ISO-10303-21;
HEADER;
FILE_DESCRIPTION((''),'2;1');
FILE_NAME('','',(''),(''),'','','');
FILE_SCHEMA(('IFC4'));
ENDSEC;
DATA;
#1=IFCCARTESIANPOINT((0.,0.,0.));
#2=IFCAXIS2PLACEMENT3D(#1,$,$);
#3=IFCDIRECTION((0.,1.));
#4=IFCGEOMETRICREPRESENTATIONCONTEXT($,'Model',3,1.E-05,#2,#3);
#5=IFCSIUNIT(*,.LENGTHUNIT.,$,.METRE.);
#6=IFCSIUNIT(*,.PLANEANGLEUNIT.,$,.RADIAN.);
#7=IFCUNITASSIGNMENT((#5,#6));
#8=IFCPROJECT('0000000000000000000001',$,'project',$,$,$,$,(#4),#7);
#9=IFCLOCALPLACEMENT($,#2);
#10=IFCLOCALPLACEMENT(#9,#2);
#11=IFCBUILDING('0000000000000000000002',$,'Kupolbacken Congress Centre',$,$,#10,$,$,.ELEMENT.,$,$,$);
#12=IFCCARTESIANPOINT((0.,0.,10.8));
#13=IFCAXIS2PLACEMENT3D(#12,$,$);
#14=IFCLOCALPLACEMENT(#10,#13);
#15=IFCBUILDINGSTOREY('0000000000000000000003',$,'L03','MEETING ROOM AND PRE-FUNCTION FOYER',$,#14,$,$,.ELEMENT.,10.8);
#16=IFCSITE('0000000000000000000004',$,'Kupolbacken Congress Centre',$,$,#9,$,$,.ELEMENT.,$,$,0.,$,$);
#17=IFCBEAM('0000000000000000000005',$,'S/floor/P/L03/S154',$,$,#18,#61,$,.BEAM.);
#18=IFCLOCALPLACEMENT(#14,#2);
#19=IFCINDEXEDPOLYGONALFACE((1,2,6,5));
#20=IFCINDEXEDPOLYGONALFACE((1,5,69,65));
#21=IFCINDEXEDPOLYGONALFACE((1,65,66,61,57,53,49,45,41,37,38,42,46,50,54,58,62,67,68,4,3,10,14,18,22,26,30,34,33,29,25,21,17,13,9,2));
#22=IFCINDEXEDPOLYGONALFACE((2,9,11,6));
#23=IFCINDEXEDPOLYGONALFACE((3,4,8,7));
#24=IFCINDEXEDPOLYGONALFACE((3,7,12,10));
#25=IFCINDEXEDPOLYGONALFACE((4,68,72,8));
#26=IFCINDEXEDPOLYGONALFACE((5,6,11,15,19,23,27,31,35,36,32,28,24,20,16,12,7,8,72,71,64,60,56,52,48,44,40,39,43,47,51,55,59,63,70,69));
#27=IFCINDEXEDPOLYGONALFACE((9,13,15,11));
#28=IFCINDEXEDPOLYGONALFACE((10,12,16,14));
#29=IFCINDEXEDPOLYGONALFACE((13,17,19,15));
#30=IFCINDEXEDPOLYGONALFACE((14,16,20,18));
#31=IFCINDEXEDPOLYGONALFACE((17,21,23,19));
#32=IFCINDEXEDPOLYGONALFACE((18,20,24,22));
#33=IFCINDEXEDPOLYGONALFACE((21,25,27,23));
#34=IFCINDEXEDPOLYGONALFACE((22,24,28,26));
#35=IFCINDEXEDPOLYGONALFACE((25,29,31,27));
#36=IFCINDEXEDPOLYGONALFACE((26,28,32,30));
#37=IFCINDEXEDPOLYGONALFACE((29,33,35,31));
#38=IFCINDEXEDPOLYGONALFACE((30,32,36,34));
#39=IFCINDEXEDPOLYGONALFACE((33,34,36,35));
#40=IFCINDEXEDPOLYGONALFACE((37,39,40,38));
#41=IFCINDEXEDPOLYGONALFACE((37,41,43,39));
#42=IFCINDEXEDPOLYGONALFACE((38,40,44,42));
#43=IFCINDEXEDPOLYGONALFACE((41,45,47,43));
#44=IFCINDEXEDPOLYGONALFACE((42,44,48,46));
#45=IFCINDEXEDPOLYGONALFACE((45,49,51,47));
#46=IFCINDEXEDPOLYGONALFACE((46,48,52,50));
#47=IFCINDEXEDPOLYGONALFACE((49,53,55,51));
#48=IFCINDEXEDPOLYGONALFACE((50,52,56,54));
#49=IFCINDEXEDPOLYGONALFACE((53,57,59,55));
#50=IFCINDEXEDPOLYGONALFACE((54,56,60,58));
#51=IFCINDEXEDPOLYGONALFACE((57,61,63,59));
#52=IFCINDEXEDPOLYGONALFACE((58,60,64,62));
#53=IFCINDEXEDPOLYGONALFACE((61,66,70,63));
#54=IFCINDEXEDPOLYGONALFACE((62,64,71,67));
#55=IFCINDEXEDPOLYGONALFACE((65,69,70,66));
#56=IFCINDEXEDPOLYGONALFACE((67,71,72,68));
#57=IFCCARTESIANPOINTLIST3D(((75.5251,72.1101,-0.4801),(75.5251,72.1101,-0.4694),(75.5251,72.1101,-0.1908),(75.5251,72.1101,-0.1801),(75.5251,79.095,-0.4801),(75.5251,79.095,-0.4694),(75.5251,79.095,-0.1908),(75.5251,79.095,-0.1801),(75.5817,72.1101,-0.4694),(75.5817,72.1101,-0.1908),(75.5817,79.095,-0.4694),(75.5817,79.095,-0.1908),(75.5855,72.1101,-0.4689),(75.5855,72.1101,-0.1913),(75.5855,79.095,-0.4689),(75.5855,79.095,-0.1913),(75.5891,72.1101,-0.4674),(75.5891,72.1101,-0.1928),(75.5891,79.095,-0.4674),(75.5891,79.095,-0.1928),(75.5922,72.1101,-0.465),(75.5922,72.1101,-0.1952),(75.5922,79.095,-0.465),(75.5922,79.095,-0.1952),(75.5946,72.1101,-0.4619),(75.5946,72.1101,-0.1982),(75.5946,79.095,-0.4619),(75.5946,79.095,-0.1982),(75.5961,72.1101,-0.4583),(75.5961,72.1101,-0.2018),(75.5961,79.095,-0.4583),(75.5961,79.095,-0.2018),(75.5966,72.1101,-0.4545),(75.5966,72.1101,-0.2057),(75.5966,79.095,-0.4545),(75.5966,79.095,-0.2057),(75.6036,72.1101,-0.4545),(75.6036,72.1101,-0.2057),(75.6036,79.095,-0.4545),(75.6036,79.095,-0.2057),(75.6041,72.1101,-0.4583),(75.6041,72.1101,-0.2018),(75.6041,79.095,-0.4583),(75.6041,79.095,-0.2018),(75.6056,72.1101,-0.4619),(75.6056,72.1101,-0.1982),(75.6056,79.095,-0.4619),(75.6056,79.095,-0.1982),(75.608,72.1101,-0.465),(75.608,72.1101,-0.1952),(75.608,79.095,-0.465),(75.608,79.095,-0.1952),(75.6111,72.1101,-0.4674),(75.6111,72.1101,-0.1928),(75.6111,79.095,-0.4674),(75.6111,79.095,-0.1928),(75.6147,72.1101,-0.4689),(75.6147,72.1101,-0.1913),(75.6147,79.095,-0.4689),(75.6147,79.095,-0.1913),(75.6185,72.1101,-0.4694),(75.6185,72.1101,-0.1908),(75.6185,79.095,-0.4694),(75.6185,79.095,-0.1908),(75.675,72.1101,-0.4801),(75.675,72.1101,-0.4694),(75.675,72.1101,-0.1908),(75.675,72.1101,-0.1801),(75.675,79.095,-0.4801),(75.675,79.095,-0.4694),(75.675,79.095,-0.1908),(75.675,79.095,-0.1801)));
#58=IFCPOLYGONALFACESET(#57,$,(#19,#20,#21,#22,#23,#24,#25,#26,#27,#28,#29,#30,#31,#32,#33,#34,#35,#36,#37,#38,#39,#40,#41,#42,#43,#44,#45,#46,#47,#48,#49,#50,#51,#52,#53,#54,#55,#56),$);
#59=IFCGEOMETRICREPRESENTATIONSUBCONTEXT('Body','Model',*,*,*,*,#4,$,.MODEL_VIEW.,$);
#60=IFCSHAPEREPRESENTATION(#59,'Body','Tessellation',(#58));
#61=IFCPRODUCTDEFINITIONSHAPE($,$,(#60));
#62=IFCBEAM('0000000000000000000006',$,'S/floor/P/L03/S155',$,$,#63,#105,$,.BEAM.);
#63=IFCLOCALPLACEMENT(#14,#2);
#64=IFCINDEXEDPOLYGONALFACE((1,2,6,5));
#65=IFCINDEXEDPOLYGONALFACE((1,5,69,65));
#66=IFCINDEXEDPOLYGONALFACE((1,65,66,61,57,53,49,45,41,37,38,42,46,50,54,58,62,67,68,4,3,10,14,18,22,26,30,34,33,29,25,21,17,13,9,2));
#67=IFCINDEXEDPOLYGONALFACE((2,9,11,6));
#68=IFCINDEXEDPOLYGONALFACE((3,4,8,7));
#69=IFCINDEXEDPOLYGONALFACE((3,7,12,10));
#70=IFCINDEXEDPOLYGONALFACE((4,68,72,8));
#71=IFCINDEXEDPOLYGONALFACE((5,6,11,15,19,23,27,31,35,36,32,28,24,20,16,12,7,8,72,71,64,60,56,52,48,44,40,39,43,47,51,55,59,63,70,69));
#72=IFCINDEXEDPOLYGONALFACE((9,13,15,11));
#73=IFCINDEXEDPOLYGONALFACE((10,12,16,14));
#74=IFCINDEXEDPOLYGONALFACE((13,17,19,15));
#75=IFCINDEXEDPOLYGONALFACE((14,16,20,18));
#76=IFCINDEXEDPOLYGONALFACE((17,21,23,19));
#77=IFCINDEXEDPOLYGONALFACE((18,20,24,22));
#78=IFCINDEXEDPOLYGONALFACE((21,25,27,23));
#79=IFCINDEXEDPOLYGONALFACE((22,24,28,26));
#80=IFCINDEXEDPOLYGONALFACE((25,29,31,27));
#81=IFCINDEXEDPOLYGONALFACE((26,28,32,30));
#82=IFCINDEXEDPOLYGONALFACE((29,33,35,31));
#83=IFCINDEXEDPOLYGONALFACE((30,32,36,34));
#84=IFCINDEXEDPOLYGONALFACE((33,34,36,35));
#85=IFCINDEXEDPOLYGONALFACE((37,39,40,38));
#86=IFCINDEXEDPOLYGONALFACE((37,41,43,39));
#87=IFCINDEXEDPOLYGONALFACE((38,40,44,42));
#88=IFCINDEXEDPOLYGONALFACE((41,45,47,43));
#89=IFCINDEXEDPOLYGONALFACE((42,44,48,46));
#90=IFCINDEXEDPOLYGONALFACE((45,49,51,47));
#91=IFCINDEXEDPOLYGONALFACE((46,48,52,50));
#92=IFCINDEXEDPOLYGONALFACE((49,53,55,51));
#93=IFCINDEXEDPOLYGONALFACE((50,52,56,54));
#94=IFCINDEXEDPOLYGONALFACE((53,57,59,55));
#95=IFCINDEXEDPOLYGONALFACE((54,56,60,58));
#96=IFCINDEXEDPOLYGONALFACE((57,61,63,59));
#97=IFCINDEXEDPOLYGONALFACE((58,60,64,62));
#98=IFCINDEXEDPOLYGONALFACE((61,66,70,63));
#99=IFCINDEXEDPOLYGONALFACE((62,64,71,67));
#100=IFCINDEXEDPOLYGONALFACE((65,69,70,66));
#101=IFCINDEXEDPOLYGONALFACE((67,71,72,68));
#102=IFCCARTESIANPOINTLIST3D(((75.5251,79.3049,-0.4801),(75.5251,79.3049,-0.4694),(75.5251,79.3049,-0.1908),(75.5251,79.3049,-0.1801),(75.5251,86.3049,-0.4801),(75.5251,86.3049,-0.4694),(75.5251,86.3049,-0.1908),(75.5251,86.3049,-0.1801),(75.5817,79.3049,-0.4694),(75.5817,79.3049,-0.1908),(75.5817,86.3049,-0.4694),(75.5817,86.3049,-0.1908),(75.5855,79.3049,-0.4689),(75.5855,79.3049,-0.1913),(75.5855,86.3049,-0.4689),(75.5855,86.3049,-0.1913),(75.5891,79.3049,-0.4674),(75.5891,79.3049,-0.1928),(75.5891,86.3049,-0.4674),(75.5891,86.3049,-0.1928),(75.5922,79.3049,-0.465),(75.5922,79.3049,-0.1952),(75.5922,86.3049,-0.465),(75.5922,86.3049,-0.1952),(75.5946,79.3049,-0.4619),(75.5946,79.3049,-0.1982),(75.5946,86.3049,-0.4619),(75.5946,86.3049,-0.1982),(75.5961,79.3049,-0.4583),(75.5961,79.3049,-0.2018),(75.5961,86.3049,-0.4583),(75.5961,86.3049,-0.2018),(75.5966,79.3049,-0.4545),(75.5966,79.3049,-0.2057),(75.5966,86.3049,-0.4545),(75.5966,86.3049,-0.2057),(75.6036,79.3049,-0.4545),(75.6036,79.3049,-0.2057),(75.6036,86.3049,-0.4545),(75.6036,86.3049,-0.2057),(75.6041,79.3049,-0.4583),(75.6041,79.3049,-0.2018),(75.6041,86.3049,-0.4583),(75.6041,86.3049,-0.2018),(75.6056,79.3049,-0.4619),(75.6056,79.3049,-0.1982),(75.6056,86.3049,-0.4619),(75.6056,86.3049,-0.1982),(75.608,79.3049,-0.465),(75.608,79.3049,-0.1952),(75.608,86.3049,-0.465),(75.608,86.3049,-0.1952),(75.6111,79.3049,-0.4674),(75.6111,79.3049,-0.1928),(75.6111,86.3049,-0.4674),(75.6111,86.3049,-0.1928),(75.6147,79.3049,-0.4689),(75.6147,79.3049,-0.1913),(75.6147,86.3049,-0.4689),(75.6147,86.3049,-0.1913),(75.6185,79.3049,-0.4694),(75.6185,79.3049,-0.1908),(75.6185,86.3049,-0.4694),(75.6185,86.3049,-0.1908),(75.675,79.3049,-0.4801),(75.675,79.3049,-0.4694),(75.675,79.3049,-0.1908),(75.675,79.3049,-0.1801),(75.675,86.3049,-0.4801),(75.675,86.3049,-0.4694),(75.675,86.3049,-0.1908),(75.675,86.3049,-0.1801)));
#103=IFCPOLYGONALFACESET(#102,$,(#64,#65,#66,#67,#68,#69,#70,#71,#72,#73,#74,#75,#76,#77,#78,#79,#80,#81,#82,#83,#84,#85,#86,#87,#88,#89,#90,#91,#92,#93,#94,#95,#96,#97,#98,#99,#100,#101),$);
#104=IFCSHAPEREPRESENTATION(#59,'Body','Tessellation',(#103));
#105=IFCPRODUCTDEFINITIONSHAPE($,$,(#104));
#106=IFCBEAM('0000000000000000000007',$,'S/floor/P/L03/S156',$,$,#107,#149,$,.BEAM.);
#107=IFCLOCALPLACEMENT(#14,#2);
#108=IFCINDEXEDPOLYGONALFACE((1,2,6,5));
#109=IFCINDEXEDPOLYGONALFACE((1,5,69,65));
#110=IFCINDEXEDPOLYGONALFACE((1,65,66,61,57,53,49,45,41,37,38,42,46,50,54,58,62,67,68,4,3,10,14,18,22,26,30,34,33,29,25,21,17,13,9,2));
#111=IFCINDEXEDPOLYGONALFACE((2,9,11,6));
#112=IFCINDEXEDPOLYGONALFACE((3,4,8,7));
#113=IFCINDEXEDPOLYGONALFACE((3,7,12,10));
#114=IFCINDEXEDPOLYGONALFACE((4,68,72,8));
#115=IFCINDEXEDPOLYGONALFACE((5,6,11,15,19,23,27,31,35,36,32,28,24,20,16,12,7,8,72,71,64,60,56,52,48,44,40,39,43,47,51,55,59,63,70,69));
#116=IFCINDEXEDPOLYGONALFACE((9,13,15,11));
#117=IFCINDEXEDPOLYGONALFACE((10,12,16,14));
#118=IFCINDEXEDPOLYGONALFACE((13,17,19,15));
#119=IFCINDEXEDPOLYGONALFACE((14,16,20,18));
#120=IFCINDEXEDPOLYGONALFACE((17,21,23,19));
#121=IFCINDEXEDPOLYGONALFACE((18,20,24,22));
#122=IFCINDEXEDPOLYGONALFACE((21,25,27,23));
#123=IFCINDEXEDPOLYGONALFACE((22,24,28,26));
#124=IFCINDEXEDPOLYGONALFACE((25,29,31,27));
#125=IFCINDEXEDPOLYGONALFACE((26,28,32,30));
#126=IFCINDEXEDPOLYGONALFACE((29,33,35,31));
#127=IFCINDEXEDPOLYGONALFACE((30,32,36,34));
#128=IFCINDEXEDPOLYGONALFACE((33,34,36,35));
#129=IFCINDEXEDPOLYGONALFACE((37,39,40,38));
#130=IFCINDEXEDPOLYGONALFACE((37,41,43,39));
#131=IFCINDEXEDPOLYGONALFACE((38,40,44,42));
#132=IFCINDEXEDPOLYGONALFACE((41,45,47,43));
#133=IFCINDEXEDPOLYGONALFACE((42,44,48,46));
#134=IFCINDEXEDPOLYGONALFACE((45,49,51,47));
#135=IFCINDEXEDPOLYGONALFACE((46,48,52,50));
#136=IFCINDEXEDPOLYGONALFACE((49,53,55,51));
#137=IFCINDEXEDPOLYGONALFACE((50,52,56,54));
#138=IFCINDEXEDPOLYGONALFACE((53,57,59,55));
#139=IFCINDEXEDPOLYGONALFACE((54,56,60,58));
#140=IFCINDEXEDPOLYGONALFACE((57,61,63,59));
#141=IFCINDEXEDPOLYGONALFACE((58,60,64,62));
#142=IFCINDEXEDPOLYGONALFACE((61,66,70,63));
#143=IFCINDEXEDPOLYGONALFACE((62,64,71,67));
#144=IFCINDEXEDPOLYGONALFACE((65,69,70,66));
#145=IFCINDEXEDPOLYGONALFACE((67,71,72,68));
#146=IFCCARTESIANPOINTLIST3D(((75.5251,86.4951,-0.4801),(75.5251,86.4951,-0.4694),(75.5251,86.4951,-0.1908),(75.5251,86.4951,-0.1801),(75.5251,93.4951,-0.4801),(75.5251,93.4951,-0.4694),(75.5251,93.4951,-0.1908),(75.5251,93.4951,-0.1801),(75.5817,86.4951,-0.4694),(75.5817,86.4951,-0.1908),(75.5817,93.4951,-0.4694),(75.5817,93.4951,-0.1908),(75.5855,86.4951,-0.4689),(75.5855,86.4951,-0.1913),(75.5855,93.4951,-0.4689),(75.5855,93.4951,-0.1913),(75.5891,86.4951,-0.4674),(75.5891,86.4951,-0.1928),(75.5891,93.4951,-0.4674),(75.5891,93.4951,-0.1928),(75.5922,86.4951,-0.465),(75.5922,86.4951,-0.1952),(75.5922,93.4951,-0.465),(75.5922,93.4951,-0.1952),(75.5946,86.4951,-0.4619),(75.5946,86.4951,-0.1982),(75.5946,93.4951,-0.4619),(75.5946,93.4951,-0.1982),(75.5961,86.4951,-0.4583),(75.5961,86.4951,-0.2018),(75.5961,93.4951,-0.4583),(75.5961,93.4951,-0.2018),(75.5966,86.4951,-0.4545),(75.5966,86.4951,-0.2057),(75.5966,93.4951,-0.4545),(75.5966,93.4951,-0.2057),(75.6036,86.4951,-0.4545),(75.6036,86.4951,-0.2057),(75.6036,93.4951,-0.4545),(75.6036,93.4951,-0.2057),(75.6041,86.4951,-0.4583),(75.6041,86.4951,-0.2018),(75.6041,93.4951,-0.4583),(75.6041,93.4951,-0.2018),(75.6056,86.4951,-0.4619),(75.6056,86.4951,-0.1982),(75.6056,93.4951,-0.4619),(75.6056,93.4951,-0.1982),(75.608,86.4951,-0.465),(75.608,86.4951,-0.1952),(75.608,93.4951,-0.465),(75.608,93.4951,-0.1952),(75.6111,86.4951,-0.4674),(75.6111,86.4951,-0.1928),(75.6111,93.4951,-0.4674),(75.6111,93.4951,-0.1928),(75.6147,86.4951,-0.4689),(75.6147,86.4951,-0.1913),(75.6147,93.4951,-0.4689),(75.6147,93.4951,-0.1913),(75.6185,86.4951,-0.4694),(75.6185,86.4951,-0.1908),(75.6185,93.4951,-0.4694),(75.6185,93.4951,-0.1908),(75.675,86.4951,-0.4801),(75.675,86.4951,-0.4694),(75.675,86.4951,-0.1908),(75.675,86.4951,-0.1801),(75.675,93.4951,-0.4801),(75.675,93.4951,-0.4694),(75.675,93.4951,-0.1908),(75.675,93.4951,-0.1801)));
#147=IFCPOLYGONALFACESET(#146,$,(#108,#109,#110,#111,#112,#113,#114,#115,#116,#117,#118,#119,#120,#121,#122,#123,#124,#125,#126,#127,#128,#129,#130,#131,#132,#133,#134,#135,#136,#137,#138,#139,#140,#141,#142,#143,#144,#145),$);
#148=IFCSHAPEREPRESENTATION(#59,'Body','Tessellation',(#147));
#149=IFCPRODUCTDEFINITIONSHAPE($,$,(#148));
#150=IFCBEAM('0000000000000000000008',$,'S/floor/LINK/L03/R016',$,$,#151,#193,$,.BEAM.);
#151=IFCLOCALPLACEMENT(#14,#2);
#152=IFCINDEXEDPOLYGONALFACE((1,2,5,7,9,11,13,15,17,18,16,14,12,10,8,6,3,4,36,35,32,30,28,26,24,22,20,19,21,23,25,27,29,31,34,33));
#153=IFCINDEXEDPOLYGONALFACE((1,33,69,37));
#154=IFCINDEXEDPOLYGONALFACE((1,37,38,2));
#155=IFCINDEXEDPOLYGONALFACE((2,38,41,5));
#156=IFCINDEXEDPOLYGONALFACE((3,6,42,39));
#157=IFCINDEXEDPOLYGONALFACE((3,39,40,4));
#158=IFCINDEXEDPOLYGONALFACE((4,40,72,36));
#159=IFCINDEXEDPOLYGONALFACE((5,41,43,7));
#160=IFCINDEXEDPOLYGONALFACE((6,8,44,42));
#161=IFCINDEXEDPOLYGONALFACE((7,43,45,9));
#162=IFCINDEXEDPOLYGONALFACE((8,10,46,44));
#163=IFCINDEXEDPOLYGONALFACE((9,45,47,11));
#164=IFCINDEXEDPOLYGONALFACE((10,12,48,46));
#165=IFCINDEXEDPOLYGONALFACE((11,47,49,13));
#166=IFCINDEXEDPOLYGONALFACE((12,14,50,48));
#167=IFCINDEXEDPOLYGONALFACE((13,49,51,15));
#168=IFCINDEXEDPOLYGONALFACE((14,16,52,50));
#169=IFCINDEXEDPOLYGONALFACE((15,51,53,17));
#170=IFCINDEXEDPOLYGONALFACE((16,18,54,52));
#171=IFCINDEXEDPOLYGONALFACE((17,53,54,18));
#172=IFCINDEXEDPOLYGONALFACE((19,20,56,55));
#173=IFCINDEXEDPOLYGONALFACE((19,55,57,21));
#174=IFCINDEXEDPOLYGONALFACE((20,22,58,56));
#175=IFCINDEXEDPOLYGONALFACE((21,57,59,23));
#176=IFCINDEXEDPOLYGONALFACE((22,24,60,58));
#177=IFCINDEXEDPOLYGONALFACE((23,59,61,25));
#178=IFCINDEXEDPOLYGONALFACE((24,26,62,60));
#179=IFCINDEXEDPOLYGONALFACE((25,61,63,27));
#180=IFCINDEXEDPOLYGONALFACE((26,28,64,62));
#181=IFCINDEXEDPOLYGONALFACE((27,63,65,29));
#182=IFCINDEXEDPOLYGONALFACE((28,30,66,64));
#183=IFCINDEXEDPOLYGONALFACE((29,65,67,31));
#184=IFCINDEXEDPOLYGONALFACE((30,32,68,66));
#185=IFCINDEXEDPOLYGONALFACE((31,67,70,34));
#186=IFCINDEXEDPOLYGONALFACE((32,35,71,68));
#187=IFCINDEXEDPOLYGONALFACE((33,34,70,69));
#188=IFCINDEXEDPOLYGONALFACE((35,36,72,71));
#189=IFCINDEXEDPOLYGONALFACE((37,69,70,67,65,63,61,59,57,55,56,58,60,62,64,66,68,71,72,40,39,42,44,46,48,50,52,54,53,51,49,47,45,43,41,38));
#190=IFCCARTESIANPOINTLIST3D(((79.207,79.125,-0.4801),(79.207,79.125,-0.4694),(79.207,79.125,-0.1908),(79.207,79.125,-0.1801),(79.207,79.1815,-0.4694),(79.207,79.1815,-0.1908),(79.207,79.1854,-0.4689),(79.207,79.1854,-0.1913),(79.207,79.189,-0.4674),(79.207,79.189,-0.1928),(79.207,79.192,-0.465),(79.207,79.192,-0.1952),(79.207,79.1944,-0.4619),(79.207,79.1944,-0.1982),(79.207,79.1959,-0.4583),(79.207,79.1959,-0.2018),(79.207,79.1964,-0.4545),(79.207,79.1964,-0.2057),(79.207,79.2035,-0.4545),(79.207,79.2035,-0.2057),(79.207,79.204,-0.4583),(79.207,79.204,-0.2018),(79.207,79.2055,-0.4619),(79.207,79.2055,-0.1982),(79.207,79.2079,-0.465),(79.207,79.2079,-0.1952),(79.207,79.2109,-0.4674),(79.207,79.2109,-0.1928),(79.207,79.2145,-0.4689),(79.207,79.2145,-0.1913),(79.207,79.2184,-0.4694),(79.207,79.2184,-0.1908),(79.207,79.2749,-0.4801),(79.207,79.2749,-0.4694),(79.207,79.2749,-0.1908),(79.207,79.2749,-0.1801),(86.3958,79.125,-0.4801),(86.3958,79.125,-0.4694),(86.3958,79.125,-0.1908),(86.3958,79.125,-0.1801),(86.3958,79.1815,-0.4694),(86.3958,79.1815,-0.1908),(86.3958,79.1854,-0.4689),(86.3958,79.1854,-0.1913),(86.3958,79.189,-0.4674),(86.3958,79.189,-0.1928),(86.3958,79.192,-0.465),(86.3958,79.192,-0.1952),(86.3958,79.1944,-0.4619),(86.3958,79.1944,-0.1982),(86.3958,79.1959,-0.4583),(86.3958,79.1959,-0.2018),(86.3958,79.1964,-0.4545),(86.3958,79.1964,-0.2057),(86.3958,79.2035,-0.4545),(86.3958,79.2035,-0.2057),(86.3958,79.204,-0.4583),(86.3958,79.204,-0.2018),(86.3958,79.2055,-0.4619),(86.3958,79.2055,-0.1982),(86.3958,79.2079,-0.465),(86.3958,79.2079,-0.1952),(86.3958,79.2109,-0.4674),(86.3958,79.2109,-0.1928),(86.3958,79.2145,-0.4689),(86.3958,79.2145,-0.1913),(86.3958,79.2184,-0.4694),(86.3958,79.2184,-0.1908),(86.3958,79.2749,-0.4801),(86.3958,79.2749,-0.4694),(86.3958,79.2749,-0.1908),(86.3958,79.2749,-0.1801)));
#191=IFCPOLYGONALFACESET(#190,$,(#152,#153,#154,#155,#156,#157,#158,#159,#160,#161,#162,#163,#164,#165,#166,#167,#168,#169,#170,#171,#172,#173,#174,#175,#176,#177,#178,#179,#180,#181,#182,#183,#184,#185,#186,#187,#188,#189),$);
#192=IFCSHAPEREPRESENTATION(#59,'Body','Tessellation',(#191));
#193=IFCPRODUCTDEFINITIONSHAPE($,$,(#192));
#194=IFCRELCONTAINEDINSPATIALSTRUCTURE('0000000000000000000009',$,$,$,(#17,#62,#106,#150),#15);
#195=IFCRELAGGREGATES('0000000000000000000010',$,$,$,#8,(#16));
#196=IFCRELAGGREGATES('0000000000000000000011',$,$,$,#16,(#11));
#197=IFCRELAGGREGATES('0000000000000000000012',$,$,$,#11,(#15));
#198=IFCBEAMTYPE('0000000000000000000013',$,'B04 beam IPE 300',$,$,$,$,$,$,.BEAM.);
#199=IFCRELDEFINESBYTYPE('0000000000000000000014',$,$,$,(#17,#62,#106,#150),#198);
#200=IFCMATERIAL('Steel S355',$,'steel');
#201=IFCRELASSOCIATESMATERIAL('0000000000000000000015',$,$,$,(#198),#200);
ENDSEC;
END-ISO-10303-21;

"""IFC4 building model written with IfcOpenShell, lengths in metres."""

from ifc_helpers import new_model, si_unit, direction, frame, origin, origin_2d, place, context, subcontext, project, spatial, i_section, extrude, material, material_profile, profile_set, type_object, element, save


model = new_model("IFC4")

# Units and contexts
model_context = context("Model", 3, precision=1e-05, world=origin(), true_north=direction((0.0, 1.0)))
body_context = subcontext(model_context, "Body", "Model", "MODEL_VIEW")
ifc_project = project(units=[si_unit("LENGTHUNIT", "METRE"), si_unit("PLANEANGLEUNIT", "RADIAN")], contexts=[model_context])

# Site, building, storey
site_placement = place(None, origin())
site = spatial("IfcSite", under=ifc_project, at=site_placement, Name="Kupolbacken Congress Centre", CompositionType="ELEMENT", RefElevation=0.0)
building_placement = place(site_placement, origin())
building = spatial("IfcBuilding", under=site, at=building_placement, Name="Kupolbacken Congress Centre", CompositionType="ELEMENT")
storey_placement = place(building_placement, frame((0.0, 0.0, 10.8)))
storey = spatial("IfcBuildingStorey", under=building, at=storey_placement, Name="L03", Description="MEETING ROOM AND PRE-FUNCTION FOYER", CompositionType="ELEMENT", Elevation=10.8)

# Beams
ifc_material_1 = material(Name="Steel S355", Category="steel")
ifc_material_profile_1 = material_profile(ifc_material_1, i_section(OverallWidth=0.1499, OverallDepth=0.3, WebThickness=0.0071, FlangeThickness=0.0107, FilletRadius=0.0149, at=origin_2d()), Name="IPE 300")
ifc_profile_set_1 = profile_set([ifc_material_profile_1], Name="Steel S355")
beam_type_1 = type_object("IfcBeamType", Name="B04 beam IPE 300", PredefinedType="BEAM", material=ifc_profile_set_1)
beam_1_placement = place(storey_placement, frame((75.6001, 72.1101, -0.3301), z_axis=(0.0, 1.0, 0.0), x_axis=(-1.0, 0.0, 0.0)))
element("IfcBeam", 1, at=beam_1_placement, inside=storey, type_object=beam_type_1, Name="S/floor/P/L03/S154", PredefinedType="BEAM", context=body_context, shape_type="SweptSolid", body=[
    extrude(i_section(OverallWidth=0.1499, OverallDepth=0.3, WebThickness=0.0071, FlangeThickness=0.0107, FilletRadius=0.0149, at=origin_2d()), origin(), (0.0, 0.0, 1.0), 6.9849),
])
for number, where, z_axis, x_axis, name in (
    (2, (75.6001, 79.3049, -0.3301), (0.0, 1.0, 0.0), (-1.0, 0.0, 0.0), "S/floor/P/L03/S155"),
    (3, (75.6001, 86.4951, -0.3301), (0.0, 1.0, 0.0), (-1.0, 0.0, 0.0), "S/floor/P/L03/S156"),
):
    element("IfcBeam", number, at=place(storey_placement, frame(where, z_axis=z_axis, x_axis=x_axis)), inside=storey, type_object=beam_type_1, Name=name, PredefinedType="BEAM", context=body_context, shape_type="SweptSolid", body=[
        extrude(i_section(OverallWidth=0.1499, OverallDepth=0.3, WebThickness=0.0071, FlangeThickness=0.0107, FilletRadius=0.0149, at=origin_2d()), origin(), (0.0, 0.0, 1.0), 7.0),
    ])
beam_2_placement = place(storey_placement, frame((79.207, 79.2, -0.3301), z_axis=(1.0, 0.0, 0.0), x_axis=(0.0, 1.0, 0.0)))
element("IfcBeam", 4, at=beam_2_placement, inside=storey, type_object=beam_type_1, Name="S/floor/LINK/L03/R016", PredefinedType="BEAM", context=body_context, shape_type="SweptSolid", body=[
    extrude(i_section(OverallWidth=0.1499, OverallDepth=0.3, WebThickness=0.0071, FlangeThickness=0.0107, FilletRadius=0.0149, at=origin_2d()), origin(), (0.0, 0.0, 1.0), 7.1887),
])

save(model, "model.ifc")
